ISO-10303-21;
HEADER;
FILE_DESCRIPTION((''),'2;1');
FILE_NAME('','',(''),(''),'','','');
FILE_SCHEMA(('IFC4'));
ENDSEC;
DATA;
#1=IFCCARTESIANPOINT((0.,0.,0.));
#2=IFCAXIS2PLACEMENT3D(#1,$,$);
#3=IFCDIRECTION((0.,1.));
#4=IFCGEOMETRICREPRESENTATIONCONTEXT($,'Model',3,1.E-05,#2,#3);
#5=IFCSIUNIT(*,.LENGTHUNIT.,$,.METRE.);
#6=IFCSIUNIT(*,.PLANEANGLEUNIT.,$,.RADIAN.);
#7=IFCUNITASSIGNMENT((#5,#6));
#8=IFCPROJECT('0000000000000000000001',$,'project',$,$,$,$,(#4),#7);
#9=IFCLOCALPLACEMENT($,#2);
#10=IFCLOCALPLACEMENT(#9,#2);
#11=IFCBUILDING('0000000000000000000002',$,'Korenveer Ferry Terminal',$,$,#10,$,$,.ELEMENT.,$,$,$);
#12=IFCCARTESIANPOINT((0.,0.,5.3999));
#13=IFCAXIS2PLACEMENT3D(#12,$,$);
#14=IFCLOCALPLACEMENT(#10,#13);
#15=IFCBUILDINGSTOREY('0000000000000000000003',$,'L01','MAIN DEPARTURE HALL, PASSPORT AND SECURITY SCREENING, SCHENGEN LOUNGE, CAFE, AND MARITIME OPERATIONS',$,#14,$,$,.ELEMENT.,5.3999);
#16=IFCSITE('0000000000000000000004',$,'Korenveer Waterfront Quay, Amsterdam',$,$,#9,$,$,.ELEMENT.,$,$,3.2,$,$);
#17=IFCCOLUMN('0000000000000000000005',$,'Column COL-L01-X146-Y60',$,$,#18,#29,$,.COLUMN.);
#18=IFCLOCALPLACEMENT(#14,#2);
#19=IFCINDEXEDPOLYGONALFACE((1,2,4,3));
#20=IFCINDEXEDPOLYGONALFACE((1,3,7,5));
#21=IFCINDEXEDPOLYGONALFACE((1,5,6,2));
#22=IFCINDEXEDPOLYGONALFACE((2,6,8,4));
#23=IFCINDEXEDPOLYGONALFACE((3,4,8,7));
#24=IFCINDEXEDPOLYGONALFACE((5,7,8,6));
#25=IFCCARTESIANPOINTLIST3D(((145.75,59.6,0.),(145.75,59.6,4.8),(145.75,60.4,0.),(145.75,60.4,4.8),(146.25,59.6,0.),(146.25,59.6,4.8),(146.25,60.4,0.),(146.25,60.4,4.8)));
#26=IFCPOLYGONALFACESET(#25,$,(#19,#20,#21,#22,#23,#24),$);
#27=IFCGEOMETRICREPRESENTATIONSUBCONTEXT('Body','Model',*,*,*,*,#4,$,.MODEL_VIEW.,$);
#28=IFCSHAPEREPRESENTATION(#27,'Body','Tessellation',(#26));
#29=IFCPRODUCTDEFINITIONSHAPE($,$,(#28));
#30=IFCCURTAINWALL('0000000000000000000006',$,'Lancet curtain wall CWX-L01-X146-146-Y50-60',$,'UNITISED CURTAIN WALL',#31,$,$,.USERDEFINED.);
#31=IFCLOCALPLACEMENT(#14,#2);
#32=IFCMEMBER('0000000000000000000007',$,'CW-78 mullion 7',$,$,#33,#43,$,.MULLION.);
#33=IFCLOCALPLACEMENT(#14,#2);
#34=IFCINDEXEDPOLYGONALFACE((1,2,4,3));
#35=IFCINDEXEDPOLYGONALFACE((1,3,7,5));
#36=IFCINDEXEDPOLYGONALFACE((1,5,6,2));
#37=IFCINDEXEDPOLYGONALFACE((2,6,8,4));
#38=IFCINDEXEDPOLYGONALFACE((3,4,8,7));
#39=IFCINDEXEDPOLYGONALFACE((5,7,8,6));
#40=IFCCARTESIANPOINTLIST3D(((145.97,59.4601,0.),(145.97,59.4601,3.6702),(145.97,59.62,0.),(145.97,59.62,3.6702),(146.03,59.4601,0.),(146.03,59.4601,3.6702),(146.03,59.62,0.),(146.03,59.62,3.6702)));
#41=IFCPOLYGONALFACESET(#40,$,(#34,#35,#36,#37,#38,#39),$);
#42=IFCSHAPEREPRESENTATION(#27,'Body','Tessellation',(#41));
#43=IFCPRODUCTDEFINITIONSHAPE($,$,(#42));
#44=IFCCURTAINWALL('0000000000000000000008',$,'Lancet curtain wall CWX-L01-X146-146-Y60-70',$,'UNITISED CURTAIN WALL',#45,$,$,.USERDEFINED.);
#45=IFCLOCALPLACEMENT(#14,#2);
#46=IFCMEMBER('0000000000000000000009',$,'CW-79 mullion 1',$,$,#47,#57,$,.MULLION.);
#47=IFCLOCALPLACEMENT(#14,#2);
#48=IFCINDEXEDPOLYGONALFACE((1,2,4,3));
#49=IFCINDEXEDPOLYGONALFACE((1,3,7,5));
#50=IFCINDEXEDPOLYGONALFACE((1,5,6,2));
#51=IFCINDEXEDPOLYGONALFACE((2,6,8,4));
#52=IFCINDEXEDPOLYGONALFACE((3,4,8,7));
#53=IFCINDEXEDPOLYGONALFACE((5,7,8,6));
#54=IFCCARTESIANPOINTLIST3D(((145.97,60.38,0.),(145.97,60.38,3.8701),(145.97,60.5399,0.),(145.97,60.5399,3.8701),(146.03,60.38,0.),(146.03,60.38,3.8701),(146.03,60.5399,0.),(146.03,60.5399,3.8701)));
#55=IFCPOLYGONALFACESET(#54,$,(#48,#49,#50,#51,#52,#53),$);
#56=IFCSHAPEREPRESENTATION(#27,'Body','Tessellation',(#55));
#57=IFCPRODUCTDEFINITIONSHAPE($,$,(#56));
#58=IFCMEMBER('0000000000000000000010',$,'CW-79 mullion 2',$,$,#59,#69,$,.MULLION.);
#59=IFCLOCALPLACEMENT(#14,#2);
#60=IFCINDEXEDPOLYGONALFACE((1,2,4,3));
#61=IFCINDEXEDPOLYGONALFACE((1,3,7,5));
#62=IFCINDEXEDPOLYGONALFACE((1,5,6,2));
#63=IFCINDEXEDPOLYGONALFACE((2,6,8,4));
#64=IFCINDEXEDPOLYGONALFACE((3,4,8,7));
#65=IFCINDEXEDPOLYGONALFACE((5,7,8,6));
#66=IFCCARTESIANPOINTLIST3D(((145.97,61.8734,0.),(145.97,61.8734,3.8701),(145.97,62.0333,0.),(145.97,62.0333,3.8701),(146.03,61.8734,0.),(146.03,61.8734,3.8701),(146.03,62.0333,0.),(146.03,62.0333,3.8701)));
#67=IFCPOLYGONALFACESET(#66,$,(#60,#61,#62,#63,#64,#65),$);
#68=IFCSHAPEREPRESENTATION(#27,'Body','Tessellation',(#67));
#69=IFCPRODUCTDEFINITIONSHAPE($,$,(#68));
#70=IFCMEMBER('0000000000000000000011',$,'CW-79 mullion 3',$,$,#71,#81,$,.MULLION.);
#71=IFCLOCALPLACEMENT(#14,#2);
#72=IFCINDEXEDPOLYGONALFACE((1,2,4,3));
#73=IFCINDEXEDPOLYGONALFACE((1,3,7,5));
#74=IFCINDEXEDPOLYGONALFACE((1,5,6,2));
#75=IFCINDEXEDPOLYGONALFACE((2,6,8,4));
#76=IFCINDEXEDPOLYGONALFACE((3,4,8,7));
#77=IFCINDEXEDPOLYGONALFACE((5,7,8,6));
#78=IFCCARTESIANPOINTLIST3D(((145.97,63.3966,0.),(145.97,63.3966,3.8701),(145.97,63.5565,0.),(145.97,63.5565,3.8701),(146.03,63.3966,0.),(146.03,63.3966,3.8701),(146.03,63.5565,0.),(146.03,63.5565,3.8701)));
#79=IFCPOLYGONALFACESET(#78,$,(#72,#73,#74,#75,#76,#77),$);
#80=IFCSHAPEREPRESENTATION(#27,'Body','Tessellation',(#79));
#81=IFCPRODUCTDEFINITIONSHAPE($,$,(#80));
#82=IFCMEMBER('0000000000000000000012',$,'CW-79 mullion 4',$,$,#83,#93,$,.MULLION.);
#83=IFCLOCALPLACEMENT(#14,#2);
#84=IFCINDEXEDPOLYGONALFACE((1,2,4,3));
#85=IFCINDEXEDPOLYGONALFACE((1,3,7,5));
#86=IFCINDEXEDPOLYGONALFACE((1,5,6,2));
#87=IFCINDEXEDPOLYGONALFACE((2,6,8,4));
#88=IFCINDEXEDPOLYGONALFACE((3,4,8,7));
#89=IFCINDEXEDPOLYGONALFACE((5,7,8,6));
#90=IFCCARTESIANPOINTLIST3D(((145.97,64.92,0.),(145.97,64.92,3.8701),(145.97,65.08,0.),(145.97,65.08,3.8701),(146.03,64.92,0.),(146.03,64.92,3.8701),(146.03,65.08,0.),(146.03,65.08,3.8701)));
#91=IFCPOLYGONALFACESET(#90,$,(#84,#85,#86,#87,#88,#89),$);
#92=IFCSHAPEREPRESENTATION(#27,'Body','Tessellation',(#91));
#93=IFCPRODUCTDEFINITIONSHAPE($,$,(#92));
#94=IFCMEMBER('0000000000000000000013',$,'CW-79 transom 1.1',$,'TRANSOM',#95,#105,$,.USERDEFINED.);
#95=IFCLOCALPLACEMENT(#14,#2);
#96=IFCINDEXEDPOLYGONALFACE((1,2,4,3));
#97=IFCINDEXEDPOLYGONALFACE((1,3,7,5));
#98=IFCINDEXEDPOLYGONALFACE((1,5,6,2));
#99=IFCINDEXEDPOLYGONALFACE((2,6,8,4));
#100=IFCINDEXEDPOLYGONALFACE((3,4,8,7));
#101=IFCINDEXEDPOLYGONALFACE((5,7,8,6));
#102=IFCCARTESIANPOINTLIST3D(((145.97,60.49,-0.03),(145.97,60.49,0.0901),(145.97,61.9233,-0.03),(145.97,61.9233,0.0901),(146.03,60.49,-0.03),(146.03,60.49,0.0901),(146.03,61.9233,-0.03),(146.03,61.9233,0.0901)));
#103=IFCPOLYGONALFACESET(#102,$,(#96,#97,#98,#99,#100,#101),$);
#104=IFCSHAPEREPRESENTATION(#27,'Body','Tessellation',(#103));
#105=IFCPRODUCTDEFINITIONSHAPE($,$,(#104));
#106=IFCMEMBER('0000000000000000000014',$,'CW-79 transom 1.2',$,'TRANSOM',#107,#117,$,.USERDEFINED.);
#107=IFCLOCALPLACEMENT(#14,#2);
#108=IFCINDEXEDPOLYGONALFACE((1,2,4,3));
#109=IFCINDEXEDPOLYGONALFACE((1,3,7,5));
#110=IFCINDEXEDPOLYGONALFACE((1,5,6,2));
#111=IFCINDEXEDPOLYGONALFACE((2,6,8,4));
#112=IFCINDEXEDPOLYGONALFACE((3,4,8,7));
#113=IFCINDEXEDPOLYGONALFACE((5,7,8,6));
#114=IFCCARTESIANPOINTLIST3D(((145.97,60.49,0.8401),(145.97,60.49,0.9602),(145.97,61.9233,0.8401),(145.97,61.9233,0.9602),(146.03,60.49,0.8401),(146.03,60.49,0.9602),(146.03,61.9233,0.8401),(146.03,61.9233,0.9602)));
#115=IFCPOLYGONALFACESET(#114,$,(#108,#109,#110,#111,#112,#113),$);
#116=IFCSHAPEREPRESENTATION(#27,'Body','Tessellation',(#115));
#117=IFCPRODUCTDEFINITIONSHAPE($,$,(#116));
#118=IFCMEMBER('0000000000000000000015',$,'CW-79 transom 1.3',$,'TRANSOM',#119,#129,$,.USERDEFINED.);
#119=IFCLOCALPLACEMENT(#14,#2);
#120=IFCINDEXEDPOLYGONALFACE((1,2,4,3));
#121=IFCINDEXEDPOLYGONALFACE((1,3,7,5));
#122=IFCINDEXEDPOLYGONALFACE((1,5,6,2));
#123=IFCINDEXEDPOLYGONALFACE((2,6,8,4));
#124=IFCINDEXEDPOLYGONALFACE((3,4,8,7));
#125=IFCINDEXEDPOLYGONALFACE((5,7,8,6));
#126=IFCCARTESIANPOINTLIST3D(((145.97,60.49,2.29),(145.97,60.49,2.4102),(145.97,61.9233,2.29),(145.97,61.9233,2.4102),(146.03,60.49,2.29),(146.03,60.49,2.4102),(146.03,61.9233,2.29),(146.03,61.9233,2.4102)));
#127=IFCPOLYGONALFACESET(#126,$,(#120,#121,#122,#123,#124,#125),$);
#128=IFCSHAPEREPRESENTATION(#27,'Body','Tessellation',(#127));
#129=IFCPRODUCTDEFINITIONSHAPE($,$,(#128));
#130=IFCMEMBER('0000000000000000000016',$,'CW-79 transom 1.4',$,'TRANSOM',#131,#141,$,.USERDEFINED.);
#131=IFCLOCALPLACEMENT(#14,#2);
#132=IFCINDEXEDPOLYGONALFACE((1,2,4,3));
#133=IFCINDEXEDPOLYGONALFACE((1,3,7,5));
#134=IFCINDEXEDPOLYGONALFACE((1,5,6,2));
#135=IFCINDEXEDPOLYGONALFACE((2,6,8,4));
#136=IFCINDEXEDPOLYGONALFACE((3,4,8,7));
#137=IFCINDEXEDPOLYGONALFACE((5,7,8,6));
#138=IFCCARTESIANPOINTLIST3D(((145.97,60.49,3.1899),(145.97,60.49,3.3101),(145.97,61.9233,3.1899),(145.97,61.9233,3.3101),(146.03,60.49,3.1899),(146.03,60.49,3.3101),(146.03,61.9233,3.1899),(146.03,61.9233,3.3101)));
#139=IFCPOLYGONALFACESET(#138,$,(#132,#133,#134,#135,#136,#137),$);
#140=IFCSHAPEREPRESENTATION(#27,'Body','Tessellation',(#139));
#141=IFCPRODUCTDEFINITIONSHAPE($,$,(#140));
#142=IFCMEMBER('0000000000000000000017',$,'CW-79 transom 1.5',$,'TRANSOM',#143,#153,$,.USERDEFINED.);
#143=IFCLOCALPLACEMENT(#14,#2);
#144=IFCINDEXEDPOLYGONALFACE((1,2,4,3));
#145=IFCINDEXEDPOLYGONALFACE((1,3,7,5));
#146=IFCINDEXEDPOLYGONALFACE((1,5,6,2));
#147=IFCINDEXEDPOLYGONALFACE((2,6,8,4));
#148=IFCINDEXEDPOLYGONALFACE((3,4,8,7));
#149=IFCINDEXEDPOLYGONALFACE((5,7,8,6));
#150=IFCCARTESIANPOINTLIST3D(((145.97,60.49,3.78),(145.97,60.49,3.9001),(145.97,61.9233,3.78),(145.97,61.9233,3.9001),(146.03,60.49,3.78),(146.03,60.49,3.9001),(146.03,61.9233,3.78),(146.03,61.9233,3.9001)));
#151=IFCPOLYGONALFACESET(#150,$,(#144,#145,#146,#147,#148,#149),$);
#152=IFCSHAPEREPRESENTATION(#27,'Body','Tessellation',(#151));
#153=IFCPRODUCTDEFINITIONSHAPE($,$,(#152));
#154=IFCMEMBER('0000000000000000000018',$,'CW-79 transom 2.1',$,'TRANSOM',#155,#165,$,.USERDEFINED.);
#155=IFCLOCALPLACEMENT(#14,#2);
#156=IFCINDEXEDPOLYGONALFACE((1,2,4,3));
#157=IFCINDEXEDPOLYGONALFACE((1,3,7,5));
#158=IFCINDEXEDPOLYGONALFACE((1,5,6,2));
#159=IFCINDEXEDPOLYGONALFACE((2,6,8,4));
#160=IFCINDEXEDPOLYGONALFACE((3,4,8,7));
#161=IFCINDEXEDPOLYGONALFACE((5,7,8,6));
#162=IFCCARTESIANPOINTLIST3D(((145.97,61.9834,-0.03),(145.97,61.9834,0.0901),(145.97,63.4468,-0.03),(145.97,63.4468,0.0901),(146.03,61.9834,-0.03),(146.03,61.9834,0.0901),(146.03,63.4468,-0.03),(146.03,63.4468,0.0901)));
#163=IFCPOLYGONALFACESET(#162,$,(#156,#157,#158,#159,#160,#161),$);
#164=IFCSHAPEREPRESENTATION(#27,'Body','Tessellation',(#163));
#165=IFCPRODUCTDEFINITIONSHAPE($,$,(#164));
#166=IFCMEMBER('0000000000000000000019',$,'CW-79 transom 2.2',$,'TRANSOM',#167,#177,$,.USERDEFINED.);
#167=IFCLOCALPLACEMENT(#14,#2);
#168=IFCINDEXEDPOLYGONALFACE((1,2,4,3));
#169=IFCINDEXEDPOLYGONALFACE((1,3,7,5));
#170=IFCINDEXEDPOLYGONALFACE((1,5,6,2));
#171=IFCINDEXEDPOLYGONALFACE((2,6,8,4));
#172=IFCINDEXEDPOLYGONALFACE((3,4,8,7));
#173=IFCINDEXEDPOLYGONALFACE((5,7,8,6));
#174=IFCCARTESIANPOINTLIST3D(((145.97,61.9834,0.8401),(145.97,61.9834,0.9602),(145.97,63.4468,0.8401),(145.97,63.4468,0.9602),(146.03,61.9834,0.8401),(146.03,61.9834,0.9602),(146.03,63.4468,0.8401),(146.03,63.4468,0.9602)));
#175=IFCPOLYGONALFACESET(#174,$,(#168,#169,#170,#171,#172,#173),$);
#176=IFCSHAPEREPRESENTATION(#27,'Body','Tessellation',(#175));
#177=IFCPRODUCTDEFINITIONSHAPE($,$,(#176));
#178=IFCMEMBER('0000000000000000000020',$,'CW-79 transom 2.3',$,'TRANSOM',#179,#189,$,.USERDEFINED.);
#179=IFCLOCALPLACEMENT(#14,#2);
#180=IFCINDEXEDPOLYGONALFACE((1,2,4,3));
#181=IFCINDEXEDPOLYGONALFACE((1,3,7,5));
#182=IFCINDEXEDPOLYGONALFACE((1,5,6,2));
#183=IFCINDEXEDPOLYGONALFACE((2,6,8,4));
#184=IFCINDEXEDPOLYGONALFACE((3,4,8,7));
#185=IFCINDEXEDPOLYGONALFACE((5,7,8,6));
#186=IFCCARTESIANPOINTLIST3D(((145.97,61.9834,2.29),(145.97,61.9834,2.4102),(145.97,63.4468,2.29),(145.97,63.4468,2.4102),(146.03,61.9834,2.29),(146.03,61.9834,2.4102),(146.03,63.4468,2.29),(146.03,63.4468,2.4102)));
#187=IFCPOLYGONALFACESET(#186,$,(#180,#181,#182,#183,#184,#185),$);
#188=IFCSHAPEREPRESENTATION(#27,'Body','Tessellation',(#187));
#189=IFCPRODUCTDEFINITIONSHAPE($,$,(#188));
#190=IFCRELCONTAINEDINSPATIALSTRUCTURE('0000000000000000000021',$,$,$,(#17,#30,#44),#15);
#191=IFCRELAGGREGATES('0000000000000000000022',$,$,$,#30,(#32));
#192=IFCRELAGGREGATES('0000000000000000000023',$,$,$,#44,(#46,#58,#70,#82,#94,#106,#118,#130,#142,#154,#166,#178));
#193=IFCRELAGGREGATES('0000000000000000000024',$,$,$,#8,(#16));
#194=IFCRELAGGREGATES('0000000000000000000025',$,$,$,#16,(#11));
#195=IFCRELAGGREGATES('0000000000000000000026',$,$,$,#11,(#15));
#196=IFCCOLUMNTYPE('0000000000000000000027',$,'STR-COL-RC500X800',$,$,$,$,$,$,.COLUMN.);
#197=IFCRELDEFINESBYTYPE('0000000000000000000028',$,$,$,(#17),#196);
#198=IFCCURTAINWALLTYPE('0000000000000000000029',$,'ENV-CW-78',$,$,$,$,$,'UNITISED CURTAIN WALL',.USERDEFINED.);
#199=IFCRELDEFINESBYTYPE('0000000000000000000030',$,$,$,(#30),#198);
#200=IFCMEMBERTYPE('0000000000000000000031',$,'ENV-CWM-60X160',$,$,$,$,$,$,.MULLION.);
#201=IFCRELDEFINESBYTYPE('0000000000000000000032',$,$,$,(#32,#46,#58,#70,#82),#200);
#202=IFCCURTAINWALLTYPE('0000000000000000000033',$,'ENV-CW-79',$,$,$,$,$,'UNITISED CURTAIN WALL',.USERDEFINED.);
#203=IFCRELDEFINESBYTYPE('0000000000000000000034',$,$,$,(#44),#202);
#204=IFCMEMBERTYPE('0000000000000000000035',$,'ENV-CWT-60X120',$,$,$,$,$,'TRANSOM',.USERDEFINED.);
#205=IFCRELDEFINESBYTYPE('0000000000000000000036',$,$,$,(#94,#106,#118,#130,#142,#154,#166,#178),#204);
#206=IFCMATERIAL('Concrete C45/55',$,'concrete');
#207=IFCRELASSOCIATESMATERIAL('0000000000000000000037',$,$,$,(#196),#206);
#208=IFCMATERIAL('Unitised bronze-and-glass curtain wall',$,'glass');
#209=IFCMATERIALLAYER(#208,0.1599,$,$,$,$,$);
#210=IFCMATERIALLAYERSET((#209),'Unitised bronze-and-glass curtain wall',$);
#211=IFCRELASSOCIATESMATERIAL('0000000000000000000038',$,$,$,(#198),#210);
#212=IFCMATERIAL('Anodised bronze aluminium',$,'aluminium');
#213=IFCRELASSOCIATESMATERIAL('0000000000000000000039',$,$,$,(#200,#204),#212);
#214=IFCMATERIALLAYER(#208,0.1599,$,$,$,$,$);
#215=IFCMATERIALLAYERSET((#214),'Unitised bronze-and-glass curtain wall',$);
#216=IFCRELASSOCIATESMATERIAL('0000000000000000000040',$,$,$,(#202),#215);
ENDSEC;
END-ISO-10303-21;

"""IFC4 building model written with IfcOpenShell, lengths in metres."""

from ifc_helpers import new_model, si_unit, direction, frame, origin, origin_2d, place, context, subcontext, project, spatial, rectangle, extrude, material, layer, layer_set, material_profile, profile_set, type_object, element, aggregate, save


model = new_model("IFC4")

# Units and contexts
model_context = context("Model", 3, precision=1e-05, world=origin(), true_north=direction((0.0, 1.0)))
body_context = subcontext(model_context, "Body", "Model", "MODEL_VIEW")
ifc_project = project(units=[si_unit("LENGTHUNIT", "METRE"), si_unit("PLANEANGLEUNIT", "RADIAN")], contexts=[model_context])

# Site, building, storey
site_placement = place(None, origin())
site = spatial("IfcSite", under=ifc_project, at=site_placement, Name="Korenveer Waterfront Quay, Amsterdam", CompositionType="ELEMENT", RefElevation=3.2)
building_placement = place(site_placement, origin())
building = spatial("IfcBuilding", under=site, at=building_placement, Name="Korenveer Ferry Terminal", CompositionType="ELEMENT")
storey_placement = place(building_placement, frame((0.0, 0.0, 5.3999)))
storey = spatial("IfcBuildingStorey", under=building, at=storey_placement, Name="L01", Description="MAIN DEPARTURE HALL, PASSPORT AND SECURITY SCREENING, SCHENGEN LOUNGE, CAFE, AND MARITIME OPERATIONS", CompositionType="ELEMENT", Elevation=5.3999)

# Column
ifc_material_1 = material(Name="Concrete C45/55", Category="concrete")
ifc_material_profile_1 = material_profile(ifc_material_1, rectangle(XDim=0.5, YDim=0.8, at=origin_2d()), Name="RC 500x800")
ifc_profile_set_1 = profile_set([ifc_material_profile_1], Name="Concrete C45/55")
column_type = type_object("IfcColumnType", Name="STR-COL-RC500X800", PredefinedType="COLUMN", material=ifc_profile_set_1)
column_placement = place(storey_placement, frame((146.0, 60.0, 0.0), z_axis=(0.0, 0.0, 1.0), x_axis=(1.0, 0.0, 0.0)))
element("IfcColumn", 1, at=column_placement, inside=storey, type_object=column_type, Name="Column COL-L01-X146-Y60", PredefinedType="COLUMN", context=body_context, shape_type="SweptSolid", body=[
    extrude(rectangle(XDim=0.5, YDim=0.8, at=origin_2d()), origin(), (0.0, 0.0, 1.0), 4.8),
])

# Curtain wall, member
ifc_material_2 = material(Name="Unitised bronze-and-glass curtain wall", Category="glass")
ifc_layer_1 = layer(ifc_material_2, 0.1599)
ifc_layer_set_1 = layer_set([ifc_layer_1], Name="Unitised bronze-and-glass curtain wall")
curtain_wall_type_1 = type_object("IfcCurtainWallType", Name="ENV-CW-78", ElementType="UNITISED CURTAIN WALL", PredefinedType="USERDEFINED", material=ifc_layer_set_1)
curtain_wall_1_placement = place(storey_placement, frame((146.0, 50.4299, 0.0)))
curtain_wall_1 = element("IfcCurtainWall", 2, at=curtain_wall_1_placement, inside=storey, type_object=curtain_wall_type_1, Name="Lancet curtain wall CWX-L01-X146-146-Y50-60", ObjectType="UNITISED CURTAIN WALL", PredefinedType="USERDEFINED")
ifc_material_3 = material(Name="Anodised bronze aluminium", Category="aluminium")
ifc_material_profile_2 = material_profile(ifc_material_3, rectangle(XDim=0.0601, YDim=0.1599, at=origin_2d()), Name="ALU 60x160")
ifc_profile_set_2 = profile_set([ifc_material_profile_2], Name="Anodised bronze aluminium")
member_type_1 = type_object("IfcMemberType", Name="ENV-CWM-60X160", PredefinedType="MULLION", material=ifc_profile_set_2)
member_1_placement = place(storey_placement, frame((146.0, 59.54, 0.0), z_axis=(0.0, 0.0, 1.0), x_axis=(-1.0, 0.0, 0.0)))
member_1 = element("IfcMember", 3, at=member_1_placement, type_object=member_type_1, Name="CW-78 mullion 7", PredefinedType="MULLION", context=body_context, shape_type="SweptSolid", body=[
    extrude(rectangle(XDim=0.0601, YDim=0.1599, at=origin_2d()), origin(), (0.0, 0.0, 1.0), 3.6702),
])

# Curtain wall, members
ifc_layer_2 = layer(ifc_material_2, 0.1599)
ifc_layer_set_2 = layer_set([ifc_layer_2], Name="Unitised bronze-and-glass curtain wall")
curtain_wall_type_2 = type_object("IfcCurtainWallType", Name="ENV-CW-79", ElementType="UNITISED CURTAIN WALL", PredefinedType="USERDEFINED", material=ifc_layer_set_2)
curtain_wall_2_placement = place(storey_placement, frame((146.0, 60.4299, 0.0)))
curtain_wall_2 = element("IfcCurtainWall", 4, at=curtain_wall_2_placement, inside=storey, type_object=curtain_wall_type_2, Name="Lancet curtain wall CWX-L01-X146-146-Y60-70", ObjectType="UNITISED CURTAIN WALL", PredefinedType="USERDEFINED")
member_2_placement = place(storey_placement, frame((146.0, 60.46, 0.0), z_axis=(0.0, 0.0, 1.0), x_axis=(-1.0, 0.0, 0.0)))
member_2 = element("IfcMember", 5, at=member_2_placement, type_object=member_type_1, Name="CW-79 mullion 1", PredefinedType="MULLION", context=body_context, shape_type="SweptSolid", body=[
    extrude(rectangle(XDim=0.0601, YDim=0.1599, at=origin_2d()), origin(), (0.0, 0.0, 1.0), 3.8701),
])
member_3_placement = place(storey_placement, frame((146.0, 61.9534, 0.0), z_axis=(0.0, 0.0, 1.0), x_axis=(-1.0, 0.0, 0.0)))
member_3 = element("IfcMember", 6, at=member_3_placement, type_object=member_type_1, Name="CW-79 mullion 2", PredefinedType="MULLION", context=body_context, shape_type="SweptSolid", body=[
    extrude(rectangle(XDim=0.0601, YDim=0.1599, at=origin_2d()), origin(), (0.0, 0.0, 1.0), 3.8701),
])
member_4_placement = place(storey_placement, frame((146.0, 63.4766, 0.0), z_axis=(0.0, 0.0, 1.0), x_axis=(-1.0, 0.0, 0.0)))
member_4 = element("IfcMember", 7, at=member_4_placement, type_object=member_type_1, Name="CW-79 mullion 3", PredefinedType="MULLION", context=body_context, shape_type="SweptSolid", body=[
    extrude(rectangle(XDim=0.0601, YDim=0.1599, at=origin_2d()), origin(), (0.0, 0.0, 1.0), 3.8701),
])
member_5_placement = place(storey_placement, frame((146.0, 65.0, 0.0), z_axis=(0.0, 0.0, 1.0), x_axis=(-1.0, 0.0, 0.0)))
member_5 = element("IfcMember", 8, at=member_5_placement, type_object=member_type_1, Name="CW-79 mullion 4", PredefinedType="MULLION", context=body_context, shape_type="SweptSolid", body=[
    extrude(rectangle(XDim=0.0601, YDim=0.1599, at=origin_2d()), origin(), (0.0, 0.0, 1.0), 3.8701),
])
ifc_material_profile_3 = material_profile(ifc_material_3, rectangle(XDim=0.0601, YDim=0.1201, at=origin_2d()), Name="ALU 60x120")
ifc_profile_set_3 = profile_set([ifc_material_profile_3], Name="Anodised bronze aluminium")
member_type_2 = type_object("IfcMemberType", Name="ENV-CWT-60X120", ElementType="TRANSOM", PredefinedType="USERDEFINED", material=ifc_profile_set_3)
member_6_placement = place(storey_placement, frame((146.0, 60.49, 0.03), z_axis=(0.0, 1.0, 0.0), x_axis=(-1.0, 0.0, 0.0)))
member_6 = element("IfcMember", 9, at=member_6_placement, type_object=member_type_2, Name="CW-79 transom 1.1", ObjectType="TRANSOM", PredefinedType="USERDEFINED", context=body_context, shape_type="SweptSolid", body=[
    extrude(rectangle(XDim=0.0601, YDim=0.1201, at=origin_2d()), origin(), (0.0, 0.0, 1.0), 1.4333),
])
member_7_placement = place(storey_placement, frame((146.0, 60.49, 0.9001), z_axis=(0.0, 1.0, 0.0), x_axis=(-1.0, 0.0, 0.0)))
member_7 = element("IfcMember", 10, at=member_7_placement, type_object=member_type_2, Name="CW-79 transom 1.2", ObjectType="TRANSOM", PredefinedType="USERDEFINED", context=body_context, shape_type="SweptSolid", body=[
    extrude(rectangle(XDim=0.0601, YDim=0.1201, at=origin_2d()), origin(), (0.0, 0.0, 1.0), 1.4333),
])
member_8_placement = place(storey_placement, frame((146.0, 60.49, 2.3501), z_axis=(0.0, 1.0, 0.0), x_axis=(-1.0, 0.0, 0.0)))
member_8 = element("IfcMember", 11, at=member_8_placement, type_object=member_type_2, Name="CW-79 transom 1.3", ObjectType="TRANSOM", PredefinedType="USERDEFINED", context=body_context, shape_type="SweptSolid", body=[
    extrude(rectangle(XDim=0.0601, YDim=0.1201, at=origin_2d()), origin(), (0.0, 0.0, 1.0), 1.4333),
])
member_9_placement = place(storey_placement, frame((146.0, 60.49, 3.25), z_axis=(0.0, 1.0, 0.0), x_axis=(-1.0, 0.0, 0.0)))
member_9 = element("IfcMember", 12, at=member_9_placement, type_object=member_type_2, Name="CW-79 transom 1.4", ObjectType="TRANSOM", PredefinedType="USERDEFINED", context=body_context, shape_type="SweptSolid", body=[
    extrude(rectangle(XDim=0.0601, YDim=0.1201, at=origin_2d()), origin(), (0.0, 0.0, 1.0), 1.4333),
])
member_10_placement = place(storey_placement, frame((146.0, 60.49, 3.8401), z_axis=(0.0, 1.0, 0.0), x_axis=(-1.0, 0.0, 0.0)))
member_10 = element("IfcMember", 13, at=member_10_placement, type_object=member_type_2, Name="CW-79 transom 1.5", ObjectType="TRANSOM", PredefinedType="USERDEFINED", context=body_context, shape_type="SweptSolid", body=[
    extrude(rectangle(XDim=0.0601, YDim=0.1201, at=origin_2d()), origin(), (0.0, 0.0, 1.0), 1.4333),
])
member_11_placement = place(storey_placement, frame((146.0, 61.9834, 0.03), z_axis=(0.0, 1.0, 0.0), x_axis=(-1.0, 0.0, 0.0)))
member_11 = element("IfcMember", 14, at=member_11_placement, type_object=member_type_2, Name="CW-79 transom 2.1", ObjectType="TRANSOM", PredefinedType="USERDEFINED", context=body_context, shape_type="SweptSolid", body=[
    extrude(rectangle(XDim=0.0601, YDim=0.1201, at=origin_2d()), origin(), (0.0, 0.0, 1.0), 1.4634),
])
member_12_placement = place(storey_placement, frame((146.0, 61.9834, 0.9001), z_axis=(0.0, 1.0, 0.0), x_axis=(-1.0, 0.0, 0.0)))
member_12 = element("IfcMember", 15, at=member_12_placement, type_object=member_type_2, Name="CW-79 transom 2.2", ObjectType="TRANSOM", PredefinedType="USERDEFINED", context=body_context, shape_type="SweptSolid", body=[
    extrude(rectangle(XDim=0.0601, YDim=0.1201, at=origin_2d()), origin(), (0.0, 0.0, 1.0), 1.4634),
])
member_13_placement = place(storey_placement, frame((146.0, 61.9834, 2.3501), z_axis=(0.0, 1.0, 0.0), x_axis=(-1.0, 0.0, 0.0)))
member_13 = element("IfcMember", 16, at=member_13_placement, type_object=member_type_2, Name="CW-79 transom 2.3", ObjectType="TRANSOM", PredefinedType="USERDEFINED", context=body_context, shape_type="SweptSolid", body=[
    extrude(rectangle(XDim=0.0601, YDim=0.1201, at=origin_2d()), origin(), (0.0, 0.0, 1.0), 1.4634),
])

aggregate(curtain_wall_1, [member_1])
aggregate(curtain_wall_2, [member_2, member_3, member_4, member_5, member_6, member_7, member_8, member_9, member_10, member_11, member_12, member_13])

save(model, "model.ifc")
